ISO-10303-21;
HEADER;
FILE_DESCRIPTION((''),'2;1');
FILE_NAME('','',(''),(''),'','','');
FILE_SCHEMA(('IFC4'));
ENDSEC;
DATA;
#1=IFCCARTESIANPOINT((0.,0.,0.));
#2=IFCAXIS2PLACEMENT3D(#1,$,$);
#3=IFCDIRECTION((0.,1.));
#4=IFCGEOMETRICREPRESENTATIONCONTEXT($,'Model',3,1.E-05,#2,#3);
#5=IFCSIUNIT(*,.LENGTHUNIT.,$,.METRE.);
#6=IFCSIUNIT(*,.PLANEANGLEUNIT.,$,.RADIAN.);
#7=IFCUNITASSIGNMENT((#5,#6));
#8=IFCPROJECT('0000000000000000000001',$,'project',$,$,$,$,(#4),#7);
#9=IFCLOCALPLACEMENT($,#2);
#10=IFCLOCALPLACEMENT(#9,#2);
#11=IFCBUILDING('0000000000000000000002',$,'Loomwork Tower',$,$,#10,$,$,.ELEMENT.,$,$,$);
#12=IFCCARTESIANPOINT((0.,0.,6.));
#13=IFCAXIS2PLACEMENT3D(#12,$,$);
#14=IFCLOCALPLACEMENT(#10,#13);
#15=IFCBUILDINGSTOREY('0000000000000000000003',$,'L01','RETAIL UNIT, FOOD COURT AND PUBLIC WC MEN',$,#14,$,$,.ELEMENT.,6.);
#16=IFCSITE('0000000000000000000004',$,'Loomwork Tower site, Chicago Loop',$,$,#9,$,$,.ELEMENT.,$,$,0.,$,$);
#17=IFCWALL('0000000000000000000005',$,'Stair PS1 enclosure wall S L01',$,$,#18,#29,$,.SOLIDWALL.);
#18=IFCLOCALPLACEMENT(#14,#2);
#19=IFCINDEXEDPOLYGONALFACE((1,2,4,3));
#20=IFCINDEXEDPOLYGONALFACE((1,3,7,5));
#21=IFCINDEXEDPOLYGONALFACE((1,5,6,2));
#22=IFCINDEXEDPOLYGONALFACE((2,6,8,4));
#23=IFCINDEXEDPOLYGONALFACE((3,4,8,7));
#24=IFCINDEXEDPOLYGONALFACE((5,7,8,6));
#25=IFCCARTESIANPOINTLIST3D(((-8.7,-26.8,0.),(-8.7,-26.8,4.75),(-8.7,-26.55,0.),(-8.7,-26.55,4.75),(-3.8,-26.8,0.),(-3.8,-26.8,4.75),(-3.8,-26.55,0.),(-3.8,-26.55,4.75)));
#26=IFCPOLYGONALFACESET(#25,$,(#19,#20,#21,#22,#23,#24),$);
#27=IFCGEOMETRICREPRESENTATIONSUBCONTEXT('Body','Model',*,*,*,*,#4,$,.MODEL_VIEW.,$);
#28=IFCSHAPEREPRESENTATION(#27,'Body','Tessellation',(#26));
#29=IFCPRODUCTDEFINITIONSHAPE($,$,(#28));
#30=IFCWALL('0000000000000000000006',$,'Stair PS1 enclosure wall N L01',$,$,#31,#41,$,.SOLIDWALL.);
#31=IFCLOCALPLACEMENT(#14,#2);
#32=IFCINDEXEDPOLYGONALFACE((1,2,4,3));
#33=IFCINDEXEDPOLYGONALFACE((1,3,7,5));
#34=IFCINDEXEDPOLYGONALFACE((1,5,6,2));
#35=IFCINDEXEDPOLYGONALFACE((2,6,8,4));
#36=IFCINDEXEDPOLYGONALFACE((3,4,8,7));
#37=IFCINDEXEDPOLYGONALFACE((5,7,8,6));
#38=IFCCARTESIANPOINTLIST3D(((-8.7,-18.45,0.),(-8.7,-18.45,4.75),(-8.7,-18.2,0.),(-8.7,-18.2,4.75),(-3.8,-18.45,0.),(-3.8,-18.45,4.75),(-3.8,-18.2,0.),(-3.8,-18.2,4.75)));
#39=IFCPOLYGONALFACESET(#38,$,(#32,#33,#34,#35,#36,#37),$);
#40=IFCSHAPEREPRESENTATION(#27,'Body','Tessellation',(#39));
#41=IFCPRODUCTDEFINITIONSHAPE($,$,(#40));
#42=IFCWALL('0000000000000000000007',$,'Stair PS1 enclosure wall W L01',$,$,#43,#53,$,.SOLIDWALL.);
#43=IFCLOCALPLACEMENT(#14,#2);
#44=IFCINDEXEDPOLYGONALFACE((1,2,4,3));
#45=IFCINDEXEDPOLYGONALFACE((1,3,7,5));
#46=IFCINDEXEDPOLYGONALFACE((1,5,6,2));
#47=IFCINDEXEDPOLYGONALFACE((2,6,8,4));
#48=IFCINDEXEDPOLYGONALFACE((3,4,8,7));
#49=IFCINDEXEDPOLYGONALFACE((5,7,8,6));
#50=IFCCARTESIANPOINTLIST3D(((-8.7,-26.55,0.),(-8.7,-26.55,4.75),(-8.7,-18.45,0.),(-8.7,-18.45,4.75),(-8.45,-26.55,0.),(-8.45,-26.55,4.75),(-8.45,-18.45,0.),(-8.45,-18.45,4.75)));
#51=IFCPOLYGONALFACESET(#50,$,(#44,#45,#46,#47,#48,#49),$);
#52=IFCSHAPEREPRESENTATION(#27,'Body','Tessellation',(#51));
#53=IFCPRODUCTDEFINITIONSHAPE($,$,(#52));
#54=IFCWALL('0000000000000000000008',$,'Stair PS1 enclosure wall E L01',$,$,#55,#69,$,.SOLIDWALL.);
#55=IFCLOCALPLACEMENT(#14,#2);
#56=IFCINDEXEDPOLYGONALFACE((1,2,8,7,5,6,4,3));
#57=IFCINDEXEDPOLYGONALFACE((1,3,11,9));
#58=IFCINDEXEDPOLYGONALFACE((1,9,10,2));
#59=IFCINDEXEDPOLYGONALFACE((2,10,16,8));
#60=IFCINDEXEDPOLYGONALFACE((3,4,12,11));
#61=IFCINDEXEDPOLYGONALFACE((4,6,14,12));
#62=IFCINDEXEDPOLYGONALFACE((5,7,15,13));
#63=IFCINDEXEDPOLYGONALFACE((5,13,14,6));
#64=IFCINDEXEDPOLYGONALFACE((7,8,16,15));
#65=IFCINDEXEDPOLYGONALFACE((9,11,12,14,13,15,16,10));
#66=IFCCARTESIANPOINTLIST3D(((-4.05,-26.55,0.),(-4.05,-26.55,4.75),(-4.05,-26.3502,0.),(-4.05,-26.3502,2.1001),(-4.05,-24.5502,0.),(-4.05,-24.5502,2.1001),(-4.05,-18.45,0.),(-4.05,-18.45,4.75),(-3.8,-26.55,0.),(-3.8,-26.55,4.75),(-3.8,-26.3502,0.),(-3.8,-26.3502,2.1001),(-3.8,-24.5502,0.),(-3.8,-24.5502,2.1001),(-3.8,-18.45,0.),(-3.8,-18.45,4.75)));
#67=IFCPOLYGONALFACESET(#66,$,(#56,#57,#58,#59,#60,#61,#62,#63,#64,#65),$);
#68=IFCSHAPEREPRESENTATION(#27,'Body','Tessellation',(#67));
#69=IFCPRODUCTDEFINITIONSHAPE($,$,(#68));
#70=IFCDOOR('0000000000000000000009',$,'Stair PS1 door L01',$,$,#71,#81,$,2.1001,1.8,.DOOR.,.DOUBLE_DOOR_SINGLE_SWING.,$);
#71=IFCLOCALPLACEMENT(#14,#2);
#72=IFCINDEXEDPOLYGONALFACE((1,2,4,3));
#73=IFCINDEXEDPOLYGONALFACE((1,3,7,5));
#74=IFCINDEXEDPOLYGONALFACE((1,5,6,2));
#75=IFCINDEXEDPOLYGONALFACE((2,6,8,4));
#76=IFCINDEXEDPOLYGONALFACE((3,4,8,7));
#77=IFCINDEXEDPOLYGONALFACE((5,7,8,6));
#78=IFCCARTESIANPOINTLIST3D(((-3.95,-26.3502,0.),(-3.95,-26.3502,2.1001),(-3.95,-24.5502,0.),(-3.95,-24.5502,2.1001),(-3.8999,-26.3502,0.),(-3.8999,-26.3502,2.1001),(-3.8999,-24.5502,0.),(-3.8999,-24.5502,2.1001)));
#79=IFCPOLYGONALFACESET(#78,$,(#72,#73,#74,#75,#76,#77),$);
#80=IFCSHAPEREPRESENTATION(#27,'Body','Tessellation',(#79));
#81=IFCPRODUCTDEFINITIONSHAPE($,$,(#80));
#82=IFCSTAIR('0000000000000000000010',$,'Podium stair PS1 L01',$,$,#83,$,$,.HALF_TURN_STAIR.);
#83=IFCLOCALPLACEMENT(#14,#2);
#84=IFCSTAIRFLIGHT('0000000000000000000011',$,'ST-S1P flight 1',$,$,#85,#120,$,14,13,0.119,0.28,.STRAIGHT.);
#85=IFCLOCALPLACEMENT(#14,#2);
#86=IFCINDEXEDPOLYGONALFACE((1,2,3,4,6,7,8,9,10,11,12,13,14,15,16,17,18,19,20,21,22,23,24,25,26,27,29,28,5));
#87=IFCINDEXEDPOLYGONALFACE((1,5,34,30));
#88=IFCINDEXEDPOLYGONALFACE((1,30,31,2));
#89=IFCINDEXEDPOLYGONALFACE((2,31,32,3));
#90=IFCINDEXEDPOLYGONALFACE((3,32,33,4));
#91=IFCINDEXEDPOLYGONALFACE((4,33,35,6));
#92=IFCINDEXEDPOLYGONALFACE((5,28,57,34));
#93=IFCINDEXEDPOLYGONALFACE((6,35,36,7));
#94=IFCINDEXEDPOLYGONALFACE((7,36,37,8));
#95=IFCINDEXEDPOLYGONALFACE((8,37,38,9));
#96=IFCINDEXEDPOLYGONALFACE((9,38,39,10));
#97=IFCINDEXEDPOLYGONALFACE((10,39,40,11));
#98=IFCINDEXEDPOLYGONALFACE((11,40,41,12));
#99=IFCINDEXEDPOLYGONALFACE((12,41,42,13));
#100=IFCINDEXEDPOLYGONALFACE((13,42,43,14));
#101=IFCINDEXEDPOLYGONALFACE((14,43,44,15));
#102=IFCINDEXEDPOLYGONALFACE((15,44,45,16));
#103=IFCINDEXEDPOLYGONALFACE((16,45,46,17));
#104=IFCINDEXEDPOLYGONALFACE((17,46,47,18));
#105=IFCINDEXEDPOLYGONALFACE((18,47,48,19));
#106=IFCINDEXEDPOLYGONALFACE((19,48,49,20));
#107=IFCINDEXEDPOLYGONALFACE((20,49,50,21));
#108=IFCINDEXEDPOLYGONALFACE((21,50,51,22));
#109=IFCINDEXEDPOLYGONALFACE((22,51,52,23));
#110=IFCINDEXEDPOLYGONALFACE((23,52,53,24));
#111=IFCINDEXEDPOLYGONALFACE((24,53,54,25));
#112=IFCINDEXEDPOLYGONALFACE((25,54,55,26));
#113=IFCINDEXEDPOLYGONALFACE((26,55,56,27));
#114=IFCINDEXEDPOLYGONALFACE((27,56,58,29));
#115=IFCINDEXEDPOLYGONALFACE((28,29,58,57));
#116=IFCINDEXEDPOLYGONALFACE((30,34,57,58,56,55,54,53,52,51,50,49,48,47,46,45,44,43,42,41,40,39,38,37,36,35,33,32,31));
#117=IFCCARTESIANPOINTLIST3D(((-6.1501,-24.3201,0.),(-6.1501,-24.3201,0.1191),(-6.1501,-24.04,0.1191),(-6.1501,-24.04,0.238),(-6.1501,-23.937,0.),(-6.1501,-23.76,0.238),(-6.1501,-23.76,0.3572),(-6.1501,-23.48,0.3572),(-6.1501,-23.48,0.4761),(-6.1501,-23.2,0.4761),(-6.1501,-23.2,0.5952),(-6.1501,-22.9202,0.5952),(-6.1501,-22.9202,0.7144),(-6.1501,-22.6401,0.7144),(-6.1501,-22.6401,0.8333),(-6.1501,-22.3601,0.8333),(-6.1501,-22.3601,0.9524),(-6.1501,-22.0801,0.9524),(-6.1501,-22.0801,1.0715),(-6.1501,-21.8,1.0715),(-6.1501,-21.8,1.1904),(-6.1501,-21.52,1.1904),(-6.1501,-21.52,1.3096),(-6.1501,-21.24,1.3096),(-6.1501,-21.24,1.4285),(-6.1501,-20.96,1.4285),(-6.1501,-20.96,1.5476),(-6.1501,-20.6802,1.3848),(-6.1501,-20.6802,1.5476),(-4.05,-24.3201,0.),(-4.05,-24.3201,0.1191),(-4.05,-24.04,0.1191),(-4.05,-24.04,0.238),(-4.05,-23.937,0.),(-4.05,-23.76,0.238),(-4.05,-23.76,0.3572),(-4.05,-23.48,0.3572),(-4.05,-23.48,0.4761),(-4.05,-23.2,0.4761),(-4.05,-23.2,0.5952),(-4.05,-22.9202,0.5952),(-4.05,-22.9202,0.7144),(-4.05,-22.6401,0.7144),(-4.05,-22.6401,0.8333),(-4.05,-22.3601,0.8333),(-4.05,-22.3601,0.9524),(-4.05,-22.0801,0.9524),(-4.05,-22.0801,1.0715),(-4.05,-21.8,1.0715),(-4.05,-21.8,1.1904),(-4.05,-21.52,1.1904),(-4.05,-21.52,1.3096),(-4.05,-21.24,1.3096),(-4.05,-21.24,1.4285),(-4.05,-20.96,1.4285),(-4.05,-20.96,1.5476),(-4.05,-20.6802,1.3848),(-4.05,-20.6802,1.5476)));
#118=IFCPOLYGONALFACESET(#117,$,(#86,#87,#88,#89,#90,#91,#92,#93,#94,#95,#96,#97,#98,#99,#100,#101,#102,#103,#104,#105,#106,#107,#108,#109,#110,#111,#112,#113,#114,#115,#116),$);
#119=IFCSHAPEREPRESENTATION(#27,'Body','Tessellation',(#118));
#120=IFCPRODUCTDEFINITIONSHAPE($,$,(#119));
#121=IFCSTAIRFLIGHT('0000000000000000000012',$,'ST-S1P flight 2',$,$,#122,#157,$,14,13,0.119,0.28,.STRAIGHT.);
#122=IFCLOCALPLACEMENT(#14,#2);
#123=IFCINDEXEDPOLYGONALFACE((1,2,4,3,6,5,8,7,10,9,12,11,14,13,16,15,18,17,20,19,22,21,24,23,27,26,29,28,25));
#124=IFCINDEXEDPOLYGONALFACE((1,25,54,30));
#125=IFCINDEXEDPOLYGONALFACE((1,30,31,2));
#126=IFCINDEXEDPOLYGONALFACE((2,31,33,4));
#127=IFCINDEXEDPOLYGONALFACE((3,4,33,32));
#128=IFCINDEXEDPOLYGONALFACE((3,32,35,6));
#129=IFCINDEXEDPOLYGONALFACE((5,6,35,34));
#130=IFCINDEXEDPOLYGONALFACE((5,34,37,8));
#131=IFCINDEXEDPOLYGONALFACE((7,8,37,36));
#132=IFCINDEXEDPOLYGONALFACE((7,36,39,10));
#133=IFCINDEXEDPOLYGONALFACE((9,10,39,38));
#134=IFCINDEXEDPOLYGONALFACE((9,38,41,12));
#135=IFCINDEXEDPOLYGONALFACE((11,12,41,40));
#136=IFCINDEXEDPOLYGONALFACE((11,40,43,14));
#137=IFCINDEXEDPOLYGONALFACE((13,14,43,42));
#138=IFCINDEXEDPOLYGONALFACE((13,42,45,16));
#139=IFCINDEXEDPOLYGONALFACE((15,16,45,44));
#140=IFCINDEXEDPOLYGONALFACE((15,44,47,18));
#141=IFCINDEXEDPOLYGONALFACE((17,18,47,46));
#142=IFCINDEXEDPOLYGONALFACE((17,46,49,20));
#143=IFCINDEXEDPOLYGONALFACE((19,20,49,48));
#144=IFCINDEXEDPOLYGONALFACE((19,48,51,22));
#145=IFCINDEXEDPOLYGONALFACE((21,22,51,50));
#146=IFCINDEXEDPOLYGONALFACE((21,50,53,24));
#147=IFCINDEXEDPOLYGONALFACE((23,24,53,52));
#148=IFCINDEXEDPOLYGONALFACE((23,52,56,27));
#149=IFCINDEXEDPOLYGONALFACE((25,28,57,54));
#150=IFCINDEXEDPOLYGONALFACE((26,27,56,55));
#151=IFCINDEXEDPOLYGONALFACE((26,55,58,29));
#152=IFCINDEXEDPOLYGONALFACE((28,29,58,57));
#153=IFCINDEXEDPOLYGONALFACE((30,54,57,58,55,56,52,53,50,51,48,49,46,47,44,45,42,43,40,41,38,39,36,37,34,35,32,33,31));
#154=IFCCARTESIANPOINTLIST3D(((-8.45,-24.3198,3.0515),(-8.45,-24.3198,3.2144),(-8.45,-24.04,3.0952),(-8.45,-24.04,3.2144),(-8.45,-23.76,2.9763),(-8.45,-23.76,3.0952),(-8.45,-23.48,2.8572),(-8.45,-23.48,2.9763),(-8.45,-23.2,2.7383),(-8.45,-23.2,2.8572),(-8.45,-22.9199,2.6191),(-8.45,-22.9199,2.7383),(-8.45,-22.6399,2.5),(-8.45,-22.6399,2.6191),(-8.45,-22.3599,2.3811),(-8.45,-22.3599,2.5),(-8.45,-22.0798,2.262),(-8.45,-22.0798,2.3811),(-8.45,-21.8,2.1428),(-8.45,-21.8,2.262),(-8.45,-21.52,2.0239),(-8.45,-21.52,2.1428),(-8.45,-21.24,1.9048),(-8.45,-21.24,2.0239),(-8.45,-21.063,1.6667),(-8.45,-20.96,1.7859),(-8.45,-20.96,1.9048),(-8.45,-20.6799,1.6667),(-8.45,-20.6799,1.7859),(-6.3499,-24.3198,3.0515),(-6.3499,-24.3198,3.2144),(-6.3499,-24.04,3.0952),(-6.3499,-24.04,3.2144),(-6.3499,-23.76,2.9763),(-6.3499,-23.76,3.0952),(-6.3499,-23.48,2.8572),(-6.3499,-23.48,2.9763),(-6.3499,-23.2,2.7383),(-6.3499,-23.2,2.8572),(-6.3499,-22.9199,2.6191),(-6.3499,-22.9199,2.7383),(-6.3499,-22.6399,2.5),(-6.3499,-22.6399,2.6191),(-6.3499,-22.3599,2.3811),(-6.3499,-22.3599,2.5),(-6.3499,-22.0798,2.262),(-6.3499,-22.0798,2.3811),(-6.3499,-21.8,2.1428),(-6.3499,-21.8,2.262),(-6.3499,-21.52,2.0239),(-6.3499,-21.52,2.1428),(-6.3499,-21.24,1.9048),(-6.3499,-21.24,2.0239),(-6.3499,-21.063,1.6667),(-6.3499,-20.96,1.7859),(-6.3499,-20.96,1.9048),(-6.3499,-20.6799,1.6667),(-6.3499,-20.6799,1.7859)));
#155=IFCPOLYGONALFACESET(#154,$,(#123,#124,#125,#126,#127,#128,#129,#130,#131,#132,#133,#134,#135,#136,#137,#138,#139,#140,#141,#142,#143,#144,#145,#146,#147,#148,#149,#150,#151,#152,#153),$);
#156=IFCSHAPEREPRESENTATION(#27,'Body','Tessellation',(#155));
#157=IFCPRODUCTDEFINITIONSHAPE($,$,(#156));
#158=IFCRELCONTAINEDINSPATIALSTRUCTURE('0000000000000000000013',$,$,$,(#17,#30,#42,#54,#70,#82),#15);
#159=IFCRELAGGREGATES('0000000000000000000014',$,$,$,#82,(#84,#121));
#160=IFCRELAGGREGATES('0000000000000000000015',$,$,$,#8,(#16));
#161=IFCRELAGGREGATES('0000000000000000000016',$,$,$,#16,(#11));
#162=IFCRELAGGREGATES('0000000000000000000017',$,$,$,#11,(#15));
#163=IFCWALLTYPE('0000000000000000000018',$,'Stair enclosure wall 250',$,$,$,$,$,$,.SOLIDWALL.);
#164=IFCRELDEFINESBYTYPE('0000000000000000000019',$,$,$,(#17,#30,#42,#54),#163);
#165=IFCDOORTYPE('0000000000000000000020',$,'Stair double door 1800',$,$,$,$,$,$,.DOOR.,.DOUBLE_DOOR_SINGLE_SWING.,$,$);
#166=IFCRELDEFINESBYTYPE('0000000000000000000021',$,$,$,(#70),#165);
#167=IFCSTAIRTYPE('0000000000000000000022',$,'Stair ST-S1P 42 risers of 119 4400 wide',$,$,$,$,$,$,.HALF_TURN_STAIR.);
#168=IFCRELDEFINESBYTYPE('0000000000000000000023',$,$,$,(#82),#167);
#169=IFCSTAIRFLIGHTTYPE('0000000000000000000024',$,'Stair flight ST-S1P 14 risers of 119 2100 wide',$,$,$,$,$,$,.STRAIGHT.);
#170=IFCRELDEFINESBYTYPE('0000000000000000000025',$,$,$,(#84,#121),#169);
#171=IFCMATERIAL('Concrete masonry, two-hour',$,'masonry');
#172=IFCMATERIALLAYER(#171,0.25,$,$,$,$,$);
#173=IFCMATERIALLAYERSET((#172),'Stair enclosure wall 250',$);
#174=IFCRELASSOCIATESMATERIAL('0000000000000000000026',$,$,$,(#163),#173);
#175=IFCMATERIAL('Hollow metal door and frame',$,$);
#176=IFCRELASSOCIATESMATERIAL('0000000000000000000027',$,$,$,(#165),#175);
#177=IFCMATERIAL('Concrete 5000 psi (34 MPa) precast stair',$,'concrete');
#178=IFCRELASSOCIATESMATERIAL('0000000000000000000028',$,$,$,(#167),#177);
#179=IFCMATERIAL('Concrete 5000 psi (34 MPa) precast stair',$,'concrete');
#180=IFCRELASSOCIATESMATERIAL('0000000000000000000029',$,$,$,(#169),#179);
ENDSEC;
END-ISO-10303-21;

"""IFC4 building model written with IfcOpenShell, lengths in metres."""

from ifc_helpers import new_model, si_unit, direction, frame, frame_2d, origin, place, context, subcontext, project, spatial, polyline, rectangle, outline, extrude, material, layer, layer_set, type_object, element, fill, aggregate, save


model = new_model("IFC4")

# Units and contexts
model_context = context("Model", 3, precision=1e-05, world=origin(), true_north=direction((0.0, 1.0)))
body_context = subcontext(model_context, "Body", "Model", "MODEL_VIEW")
ifc_project = project(units=[si_unit("LENGTHUNIT", "METRE"), si_unit("PLANEANGLEUNIT", "RADIAN")], contexts=[model_context])

# Site, building, storey
site_placement = place(None, origin())
site = spatial("IfcSite", under=ifc_project, at=site_placement, Name="Loomwork Tower site, Chicago Loop", CompositionType="ELEMENT", RefElevation=0.0)
building_placement = place(site_placement, origin())
building = spatial("IfcBuilding", under=site, at=building_placement, Name="Loomwork Tower", CompositionType="ELEMENT")
storey_placement = place(building_placement, frame((0.0, 0.0, 6.0)))
storey = spatial("IfcBuildingStorey", under=building, at=storey_placement, Name="L01", Description="RETAIL UNIT, FOOD COURT AND PUBLIC WC MEN", CompositionType="ELEMENT", Elevation=6.0)

# Walls
ifc_material_1 = material(Name="Concrete masonry, two-hour", Category="masonry")
ifc_layer_1 = layer(ifc_material_1, 0.25)
ifc_layer_set_1 = layer_set([ifc_layer_1], Name="Stair enclosure wall 250")
wall_type_1 = type_object("IfcWallType", Name="Stair enclosure wall 250", PredefinedType="SOLIDWALL", material=ifc_layer_set_1)
for number, where, z_axis, x_axis, name in (
    (1, (-8.7, -26.675, 0.0), (0.0, 0.0, 1.0), (1.0, 0.0, 0.0), "Stair PS1 enclosure wall S L01"),
    (2, (-8.7, -18.325, 0.0), (0.0, 0.0, 1.0), (1.0, 0.0, 0.0), "Stair PS1 enclosure wall N L01"),
):
    element("IfcWall", number, at=place(storey_placement, frame(where, z_axis=z_axis, x_axis=x_axis)), inside=storey, type_object=wall_type_1, Name=name, PredefinedType="SOLIDWALL", context=body_context, shape_type="SweptSolid", body=[
        extrude(rectangle(XDim=4.8999, YDim=0.25, at=frame_2d((2.45, 0.0))), origin(), (0.0, 0.0, 1.0), 4.75),
    ])
wall_1_placement = place(storey_placement, frame((-8.575, -26.55, 0.0), z_axis=(0.0, 0.0, 1.0), x_axis=(0.0, 1.0, 0.0)))
element("IfcWall", 3, at=wall_1_placement, inside=storey, type_object=wall_type_1, Name="Stair PS1 enclosure wall W L01", PredefinedType="SOLIDWALL", context=body_context, shape_type="SweptSolid", body=[
    extrude(rectangle(XDim=8.1001, YDim=0.25, at=frame_2d((4.05, 0.0))), origin(), (0.0, 0.0, 1.0), 4.75),
])

# Wall, opening, door
wall_2_placement = place(storey_placement, frame((-3.925, -26.55, 0.0), z_axis=(0.0, 0.0, 1.0), x_axis=(0.0, 1.0, 0.0)))
wall_2 = element("IfcWall", 4, at=wall_2_placement, inside=storey, type_object=wall_type_1, Name="Stair PS1 enclosure wall E L01", PredefinedType="SOLIDWALL", context=body_context, shape_type="SweptSolid", body=[
    extrude(rectangle(XDim=8.1001, YDim=0.25, at=frame_2d((4.05, 0.0))), origin(), (0.0, 0.0, 1.0), 4.75),
])
opening_1_placement = place(wall_2_placement, frame((0.2, 0.0, 0.0)))
opening_1 = element("IfcOpeningElement", 5, at=opening_1_placement, cuts=wall_2, PredefinedType="OPENING", context=body_context, shape_type="SweptSolid", body=[
    extrude(rectangle(XDim=1.8, YDim=2.1001, at=frame_2d((0.8999, 1.05))), frame((0.0, 0.135, 0.0), z_axis=(0.0, -1.0, 0.0), x_axis=(1.0, 0.0, 0.0)), (0.0, 0.0, 1.0), 0.27),
])
ifc_material_2 = material(Name="Hollow metal door and frame")
door_type = type_object("IfcDoorType", Name="Stair double door 1800", OperationType="DOUBLE_DOOR_SINGLE_SWING", PredefinedType="DOOR", material=ifc_material_2)
door_placement = place(opening_1_placement, origin())
door = element("IfcDoor", 6, at=door_placement, inside=storey, type_object=door_type, Name="Stair PS1 door L01", OperationType="DOUBLE_DOOR_SINGLE_SWING", OverallHeight=2.1001, OverallWidth=1.8, PredefinedType="DOOR", context=body_context, shape_type="SweptSolid", body=[
    extrude(rectangle(XDim=1.8, YDim=2.1001, at=frame_2d((0.8999, 1.05))), frame((0.0, 0.0249, 0.0), z_axis=(0.0, -1.0, 0.0), x_axis=(1.0, 0.0, 0.0)), (0.0, 0.0, 1.0), 0.05),
])
fill(opening_1, door)

# Stair, stair flights
ifc_material_3 = material(Name="Concrete 5000 psi (34 MPa) precast stair", Category="concrete")
stair_type = type_object("IfcStairType", Name="Stair ST-S1P 42 risers of 119 4400 wide", PredefinedType="HALF_TURN_STAIR", material=ifc_material_3)
stair_placement = place(storey_placement, origin())
stair = element("IfcStair", 7, at=stair_placement, inside=storey, type_object=stair_type, Name="Podium stair PS1 L01", PredefinedType="HALF_TURN_STAIR")
ifc_material_4 = material(Name="Concrete 5000 psi (34 MPa) precast stair", Category="concrete")
stair_flight_type = type_object("IfcStairFlightType", Name="Stair flight ST-S1P 14 risers of 119 2100 wide", PredefinedType="STRAIGHT", material=ifc_material_4)
stair_flight_1_placement = place(storey_placement, frame((-5.1001, -24.3201, 0.0), z_axis=(0.0, 0.0, 1.0), x_axis=(0.0, 1.0, 0.0)))
stair_flight_1 = element("IfcStairFlight", 8, at=stair_flight_1_placement, type_object=stair_flight_type, Name="ST-S1P flight 1", NumberOfRisers=14, NumberOfTreads=13, PredefinedType="STRAIGHT", RiserHeight=0.119, TreadLength=0.28, context=body_context, shape_type="SweptSolid", body=[
    extrude(outline(polyline([(0.0, 0.0), (0.0, 0.1191), (0.28, 0.1191), (0.28, 0.238), (0.5601, 0.238), (0.5601, 0.3572), (0.8401, 0.3572), (0.8401, 0.4761), (1.1201, 0.4761), (1.1201, 0.5952), (1.3999, 0.5952), (1.3999, 0.7144), (1.6799, 0.7144), (1.6799, 0.8333), (1.96, 0.8333), (1.96, 0.9524), (2.24, 0.9524), (2.24, 1.0715), (2.52, 1.0715), (2.52, 1.1904), (2.8, 1.1904), (2.8, 1.3096), (3.0801, 1.3096), (3.0801, 1.4285), (3.3601, 1.4285), (3.3601, 1.5476), (3.6399, 1.5476), (3.6399, 1.6667), (3.6399, 1.3848), (0.3831, 0.0), (0.0, 0.0)])), frame((0.0, 1.05, 0.0), z_axis=(0.0, -1.0, 0.0), x_axis=(1.0, 0.0, 0.0)), (0.0, 0.0, 1.0), 2.1001),
])
stair_flight_2_placement = place(storey_placement, frame((-7.3999, -20.6799, 1.6667), z_axis=(0.0, 0.0, 1.0), x_axis=(0.0, -1.0, 0.0)))
stair_flight_2 = element("IfcStairFlight", 9, at=stair_flight_2_placement, type_object=stair_flight_type, Name="ST-S1P flight 2", NumberOfRisers=14, NumberOfTreads=13, PredefinedType="STRAIGHT", RiserHeight=0.119, TreadLength=0.28, context=body_context, shape_type="SweptSolid", body=[
    extrude(outline(polyline([(0.0, 0.0), (0.0, 0.1191), (0.28, 0.1191), (0.28, 0.238), (0.5601, 0.238), (0.5601, 0.3572), (0.8401, 0.3572), (0.8401, 0.4761), (1.1201, 0.4761), (1.1201, 0.5952), (1.3999, 0.5952), (1.3999, 0.7144), (1.6799, 0.7144), (1.6799, 0.8333), (1.96, 0.8333), (1.96, 0.9524), (2.24, 0.9524), (2.24, 1.0715), (2.52, 1.0715), (2.52, 1.1904), (2.8, 1.1904), (2.8, 1.3096), (3.0801, 1.3096), (3.0801, 1.4285), (3.3601, 1.4285), (3.3601, 1.5476), (3.6399, 1.5476), (3.6399, 1.6667), (3.6399, 1.3848), (0.3831, 0.0), (0.0, 0.0)])), frame((0.0, 1.05, 0.0), z_axis=(0.0, -1.0, 0.0), x_axis=(1.0, 0.0, 0.0)), (0.0, 0.0, 1.0), 2.1001),
])
aggregate(stair, [stair_flight_1, stair_flight_2])

save(model, "model.ifc")
